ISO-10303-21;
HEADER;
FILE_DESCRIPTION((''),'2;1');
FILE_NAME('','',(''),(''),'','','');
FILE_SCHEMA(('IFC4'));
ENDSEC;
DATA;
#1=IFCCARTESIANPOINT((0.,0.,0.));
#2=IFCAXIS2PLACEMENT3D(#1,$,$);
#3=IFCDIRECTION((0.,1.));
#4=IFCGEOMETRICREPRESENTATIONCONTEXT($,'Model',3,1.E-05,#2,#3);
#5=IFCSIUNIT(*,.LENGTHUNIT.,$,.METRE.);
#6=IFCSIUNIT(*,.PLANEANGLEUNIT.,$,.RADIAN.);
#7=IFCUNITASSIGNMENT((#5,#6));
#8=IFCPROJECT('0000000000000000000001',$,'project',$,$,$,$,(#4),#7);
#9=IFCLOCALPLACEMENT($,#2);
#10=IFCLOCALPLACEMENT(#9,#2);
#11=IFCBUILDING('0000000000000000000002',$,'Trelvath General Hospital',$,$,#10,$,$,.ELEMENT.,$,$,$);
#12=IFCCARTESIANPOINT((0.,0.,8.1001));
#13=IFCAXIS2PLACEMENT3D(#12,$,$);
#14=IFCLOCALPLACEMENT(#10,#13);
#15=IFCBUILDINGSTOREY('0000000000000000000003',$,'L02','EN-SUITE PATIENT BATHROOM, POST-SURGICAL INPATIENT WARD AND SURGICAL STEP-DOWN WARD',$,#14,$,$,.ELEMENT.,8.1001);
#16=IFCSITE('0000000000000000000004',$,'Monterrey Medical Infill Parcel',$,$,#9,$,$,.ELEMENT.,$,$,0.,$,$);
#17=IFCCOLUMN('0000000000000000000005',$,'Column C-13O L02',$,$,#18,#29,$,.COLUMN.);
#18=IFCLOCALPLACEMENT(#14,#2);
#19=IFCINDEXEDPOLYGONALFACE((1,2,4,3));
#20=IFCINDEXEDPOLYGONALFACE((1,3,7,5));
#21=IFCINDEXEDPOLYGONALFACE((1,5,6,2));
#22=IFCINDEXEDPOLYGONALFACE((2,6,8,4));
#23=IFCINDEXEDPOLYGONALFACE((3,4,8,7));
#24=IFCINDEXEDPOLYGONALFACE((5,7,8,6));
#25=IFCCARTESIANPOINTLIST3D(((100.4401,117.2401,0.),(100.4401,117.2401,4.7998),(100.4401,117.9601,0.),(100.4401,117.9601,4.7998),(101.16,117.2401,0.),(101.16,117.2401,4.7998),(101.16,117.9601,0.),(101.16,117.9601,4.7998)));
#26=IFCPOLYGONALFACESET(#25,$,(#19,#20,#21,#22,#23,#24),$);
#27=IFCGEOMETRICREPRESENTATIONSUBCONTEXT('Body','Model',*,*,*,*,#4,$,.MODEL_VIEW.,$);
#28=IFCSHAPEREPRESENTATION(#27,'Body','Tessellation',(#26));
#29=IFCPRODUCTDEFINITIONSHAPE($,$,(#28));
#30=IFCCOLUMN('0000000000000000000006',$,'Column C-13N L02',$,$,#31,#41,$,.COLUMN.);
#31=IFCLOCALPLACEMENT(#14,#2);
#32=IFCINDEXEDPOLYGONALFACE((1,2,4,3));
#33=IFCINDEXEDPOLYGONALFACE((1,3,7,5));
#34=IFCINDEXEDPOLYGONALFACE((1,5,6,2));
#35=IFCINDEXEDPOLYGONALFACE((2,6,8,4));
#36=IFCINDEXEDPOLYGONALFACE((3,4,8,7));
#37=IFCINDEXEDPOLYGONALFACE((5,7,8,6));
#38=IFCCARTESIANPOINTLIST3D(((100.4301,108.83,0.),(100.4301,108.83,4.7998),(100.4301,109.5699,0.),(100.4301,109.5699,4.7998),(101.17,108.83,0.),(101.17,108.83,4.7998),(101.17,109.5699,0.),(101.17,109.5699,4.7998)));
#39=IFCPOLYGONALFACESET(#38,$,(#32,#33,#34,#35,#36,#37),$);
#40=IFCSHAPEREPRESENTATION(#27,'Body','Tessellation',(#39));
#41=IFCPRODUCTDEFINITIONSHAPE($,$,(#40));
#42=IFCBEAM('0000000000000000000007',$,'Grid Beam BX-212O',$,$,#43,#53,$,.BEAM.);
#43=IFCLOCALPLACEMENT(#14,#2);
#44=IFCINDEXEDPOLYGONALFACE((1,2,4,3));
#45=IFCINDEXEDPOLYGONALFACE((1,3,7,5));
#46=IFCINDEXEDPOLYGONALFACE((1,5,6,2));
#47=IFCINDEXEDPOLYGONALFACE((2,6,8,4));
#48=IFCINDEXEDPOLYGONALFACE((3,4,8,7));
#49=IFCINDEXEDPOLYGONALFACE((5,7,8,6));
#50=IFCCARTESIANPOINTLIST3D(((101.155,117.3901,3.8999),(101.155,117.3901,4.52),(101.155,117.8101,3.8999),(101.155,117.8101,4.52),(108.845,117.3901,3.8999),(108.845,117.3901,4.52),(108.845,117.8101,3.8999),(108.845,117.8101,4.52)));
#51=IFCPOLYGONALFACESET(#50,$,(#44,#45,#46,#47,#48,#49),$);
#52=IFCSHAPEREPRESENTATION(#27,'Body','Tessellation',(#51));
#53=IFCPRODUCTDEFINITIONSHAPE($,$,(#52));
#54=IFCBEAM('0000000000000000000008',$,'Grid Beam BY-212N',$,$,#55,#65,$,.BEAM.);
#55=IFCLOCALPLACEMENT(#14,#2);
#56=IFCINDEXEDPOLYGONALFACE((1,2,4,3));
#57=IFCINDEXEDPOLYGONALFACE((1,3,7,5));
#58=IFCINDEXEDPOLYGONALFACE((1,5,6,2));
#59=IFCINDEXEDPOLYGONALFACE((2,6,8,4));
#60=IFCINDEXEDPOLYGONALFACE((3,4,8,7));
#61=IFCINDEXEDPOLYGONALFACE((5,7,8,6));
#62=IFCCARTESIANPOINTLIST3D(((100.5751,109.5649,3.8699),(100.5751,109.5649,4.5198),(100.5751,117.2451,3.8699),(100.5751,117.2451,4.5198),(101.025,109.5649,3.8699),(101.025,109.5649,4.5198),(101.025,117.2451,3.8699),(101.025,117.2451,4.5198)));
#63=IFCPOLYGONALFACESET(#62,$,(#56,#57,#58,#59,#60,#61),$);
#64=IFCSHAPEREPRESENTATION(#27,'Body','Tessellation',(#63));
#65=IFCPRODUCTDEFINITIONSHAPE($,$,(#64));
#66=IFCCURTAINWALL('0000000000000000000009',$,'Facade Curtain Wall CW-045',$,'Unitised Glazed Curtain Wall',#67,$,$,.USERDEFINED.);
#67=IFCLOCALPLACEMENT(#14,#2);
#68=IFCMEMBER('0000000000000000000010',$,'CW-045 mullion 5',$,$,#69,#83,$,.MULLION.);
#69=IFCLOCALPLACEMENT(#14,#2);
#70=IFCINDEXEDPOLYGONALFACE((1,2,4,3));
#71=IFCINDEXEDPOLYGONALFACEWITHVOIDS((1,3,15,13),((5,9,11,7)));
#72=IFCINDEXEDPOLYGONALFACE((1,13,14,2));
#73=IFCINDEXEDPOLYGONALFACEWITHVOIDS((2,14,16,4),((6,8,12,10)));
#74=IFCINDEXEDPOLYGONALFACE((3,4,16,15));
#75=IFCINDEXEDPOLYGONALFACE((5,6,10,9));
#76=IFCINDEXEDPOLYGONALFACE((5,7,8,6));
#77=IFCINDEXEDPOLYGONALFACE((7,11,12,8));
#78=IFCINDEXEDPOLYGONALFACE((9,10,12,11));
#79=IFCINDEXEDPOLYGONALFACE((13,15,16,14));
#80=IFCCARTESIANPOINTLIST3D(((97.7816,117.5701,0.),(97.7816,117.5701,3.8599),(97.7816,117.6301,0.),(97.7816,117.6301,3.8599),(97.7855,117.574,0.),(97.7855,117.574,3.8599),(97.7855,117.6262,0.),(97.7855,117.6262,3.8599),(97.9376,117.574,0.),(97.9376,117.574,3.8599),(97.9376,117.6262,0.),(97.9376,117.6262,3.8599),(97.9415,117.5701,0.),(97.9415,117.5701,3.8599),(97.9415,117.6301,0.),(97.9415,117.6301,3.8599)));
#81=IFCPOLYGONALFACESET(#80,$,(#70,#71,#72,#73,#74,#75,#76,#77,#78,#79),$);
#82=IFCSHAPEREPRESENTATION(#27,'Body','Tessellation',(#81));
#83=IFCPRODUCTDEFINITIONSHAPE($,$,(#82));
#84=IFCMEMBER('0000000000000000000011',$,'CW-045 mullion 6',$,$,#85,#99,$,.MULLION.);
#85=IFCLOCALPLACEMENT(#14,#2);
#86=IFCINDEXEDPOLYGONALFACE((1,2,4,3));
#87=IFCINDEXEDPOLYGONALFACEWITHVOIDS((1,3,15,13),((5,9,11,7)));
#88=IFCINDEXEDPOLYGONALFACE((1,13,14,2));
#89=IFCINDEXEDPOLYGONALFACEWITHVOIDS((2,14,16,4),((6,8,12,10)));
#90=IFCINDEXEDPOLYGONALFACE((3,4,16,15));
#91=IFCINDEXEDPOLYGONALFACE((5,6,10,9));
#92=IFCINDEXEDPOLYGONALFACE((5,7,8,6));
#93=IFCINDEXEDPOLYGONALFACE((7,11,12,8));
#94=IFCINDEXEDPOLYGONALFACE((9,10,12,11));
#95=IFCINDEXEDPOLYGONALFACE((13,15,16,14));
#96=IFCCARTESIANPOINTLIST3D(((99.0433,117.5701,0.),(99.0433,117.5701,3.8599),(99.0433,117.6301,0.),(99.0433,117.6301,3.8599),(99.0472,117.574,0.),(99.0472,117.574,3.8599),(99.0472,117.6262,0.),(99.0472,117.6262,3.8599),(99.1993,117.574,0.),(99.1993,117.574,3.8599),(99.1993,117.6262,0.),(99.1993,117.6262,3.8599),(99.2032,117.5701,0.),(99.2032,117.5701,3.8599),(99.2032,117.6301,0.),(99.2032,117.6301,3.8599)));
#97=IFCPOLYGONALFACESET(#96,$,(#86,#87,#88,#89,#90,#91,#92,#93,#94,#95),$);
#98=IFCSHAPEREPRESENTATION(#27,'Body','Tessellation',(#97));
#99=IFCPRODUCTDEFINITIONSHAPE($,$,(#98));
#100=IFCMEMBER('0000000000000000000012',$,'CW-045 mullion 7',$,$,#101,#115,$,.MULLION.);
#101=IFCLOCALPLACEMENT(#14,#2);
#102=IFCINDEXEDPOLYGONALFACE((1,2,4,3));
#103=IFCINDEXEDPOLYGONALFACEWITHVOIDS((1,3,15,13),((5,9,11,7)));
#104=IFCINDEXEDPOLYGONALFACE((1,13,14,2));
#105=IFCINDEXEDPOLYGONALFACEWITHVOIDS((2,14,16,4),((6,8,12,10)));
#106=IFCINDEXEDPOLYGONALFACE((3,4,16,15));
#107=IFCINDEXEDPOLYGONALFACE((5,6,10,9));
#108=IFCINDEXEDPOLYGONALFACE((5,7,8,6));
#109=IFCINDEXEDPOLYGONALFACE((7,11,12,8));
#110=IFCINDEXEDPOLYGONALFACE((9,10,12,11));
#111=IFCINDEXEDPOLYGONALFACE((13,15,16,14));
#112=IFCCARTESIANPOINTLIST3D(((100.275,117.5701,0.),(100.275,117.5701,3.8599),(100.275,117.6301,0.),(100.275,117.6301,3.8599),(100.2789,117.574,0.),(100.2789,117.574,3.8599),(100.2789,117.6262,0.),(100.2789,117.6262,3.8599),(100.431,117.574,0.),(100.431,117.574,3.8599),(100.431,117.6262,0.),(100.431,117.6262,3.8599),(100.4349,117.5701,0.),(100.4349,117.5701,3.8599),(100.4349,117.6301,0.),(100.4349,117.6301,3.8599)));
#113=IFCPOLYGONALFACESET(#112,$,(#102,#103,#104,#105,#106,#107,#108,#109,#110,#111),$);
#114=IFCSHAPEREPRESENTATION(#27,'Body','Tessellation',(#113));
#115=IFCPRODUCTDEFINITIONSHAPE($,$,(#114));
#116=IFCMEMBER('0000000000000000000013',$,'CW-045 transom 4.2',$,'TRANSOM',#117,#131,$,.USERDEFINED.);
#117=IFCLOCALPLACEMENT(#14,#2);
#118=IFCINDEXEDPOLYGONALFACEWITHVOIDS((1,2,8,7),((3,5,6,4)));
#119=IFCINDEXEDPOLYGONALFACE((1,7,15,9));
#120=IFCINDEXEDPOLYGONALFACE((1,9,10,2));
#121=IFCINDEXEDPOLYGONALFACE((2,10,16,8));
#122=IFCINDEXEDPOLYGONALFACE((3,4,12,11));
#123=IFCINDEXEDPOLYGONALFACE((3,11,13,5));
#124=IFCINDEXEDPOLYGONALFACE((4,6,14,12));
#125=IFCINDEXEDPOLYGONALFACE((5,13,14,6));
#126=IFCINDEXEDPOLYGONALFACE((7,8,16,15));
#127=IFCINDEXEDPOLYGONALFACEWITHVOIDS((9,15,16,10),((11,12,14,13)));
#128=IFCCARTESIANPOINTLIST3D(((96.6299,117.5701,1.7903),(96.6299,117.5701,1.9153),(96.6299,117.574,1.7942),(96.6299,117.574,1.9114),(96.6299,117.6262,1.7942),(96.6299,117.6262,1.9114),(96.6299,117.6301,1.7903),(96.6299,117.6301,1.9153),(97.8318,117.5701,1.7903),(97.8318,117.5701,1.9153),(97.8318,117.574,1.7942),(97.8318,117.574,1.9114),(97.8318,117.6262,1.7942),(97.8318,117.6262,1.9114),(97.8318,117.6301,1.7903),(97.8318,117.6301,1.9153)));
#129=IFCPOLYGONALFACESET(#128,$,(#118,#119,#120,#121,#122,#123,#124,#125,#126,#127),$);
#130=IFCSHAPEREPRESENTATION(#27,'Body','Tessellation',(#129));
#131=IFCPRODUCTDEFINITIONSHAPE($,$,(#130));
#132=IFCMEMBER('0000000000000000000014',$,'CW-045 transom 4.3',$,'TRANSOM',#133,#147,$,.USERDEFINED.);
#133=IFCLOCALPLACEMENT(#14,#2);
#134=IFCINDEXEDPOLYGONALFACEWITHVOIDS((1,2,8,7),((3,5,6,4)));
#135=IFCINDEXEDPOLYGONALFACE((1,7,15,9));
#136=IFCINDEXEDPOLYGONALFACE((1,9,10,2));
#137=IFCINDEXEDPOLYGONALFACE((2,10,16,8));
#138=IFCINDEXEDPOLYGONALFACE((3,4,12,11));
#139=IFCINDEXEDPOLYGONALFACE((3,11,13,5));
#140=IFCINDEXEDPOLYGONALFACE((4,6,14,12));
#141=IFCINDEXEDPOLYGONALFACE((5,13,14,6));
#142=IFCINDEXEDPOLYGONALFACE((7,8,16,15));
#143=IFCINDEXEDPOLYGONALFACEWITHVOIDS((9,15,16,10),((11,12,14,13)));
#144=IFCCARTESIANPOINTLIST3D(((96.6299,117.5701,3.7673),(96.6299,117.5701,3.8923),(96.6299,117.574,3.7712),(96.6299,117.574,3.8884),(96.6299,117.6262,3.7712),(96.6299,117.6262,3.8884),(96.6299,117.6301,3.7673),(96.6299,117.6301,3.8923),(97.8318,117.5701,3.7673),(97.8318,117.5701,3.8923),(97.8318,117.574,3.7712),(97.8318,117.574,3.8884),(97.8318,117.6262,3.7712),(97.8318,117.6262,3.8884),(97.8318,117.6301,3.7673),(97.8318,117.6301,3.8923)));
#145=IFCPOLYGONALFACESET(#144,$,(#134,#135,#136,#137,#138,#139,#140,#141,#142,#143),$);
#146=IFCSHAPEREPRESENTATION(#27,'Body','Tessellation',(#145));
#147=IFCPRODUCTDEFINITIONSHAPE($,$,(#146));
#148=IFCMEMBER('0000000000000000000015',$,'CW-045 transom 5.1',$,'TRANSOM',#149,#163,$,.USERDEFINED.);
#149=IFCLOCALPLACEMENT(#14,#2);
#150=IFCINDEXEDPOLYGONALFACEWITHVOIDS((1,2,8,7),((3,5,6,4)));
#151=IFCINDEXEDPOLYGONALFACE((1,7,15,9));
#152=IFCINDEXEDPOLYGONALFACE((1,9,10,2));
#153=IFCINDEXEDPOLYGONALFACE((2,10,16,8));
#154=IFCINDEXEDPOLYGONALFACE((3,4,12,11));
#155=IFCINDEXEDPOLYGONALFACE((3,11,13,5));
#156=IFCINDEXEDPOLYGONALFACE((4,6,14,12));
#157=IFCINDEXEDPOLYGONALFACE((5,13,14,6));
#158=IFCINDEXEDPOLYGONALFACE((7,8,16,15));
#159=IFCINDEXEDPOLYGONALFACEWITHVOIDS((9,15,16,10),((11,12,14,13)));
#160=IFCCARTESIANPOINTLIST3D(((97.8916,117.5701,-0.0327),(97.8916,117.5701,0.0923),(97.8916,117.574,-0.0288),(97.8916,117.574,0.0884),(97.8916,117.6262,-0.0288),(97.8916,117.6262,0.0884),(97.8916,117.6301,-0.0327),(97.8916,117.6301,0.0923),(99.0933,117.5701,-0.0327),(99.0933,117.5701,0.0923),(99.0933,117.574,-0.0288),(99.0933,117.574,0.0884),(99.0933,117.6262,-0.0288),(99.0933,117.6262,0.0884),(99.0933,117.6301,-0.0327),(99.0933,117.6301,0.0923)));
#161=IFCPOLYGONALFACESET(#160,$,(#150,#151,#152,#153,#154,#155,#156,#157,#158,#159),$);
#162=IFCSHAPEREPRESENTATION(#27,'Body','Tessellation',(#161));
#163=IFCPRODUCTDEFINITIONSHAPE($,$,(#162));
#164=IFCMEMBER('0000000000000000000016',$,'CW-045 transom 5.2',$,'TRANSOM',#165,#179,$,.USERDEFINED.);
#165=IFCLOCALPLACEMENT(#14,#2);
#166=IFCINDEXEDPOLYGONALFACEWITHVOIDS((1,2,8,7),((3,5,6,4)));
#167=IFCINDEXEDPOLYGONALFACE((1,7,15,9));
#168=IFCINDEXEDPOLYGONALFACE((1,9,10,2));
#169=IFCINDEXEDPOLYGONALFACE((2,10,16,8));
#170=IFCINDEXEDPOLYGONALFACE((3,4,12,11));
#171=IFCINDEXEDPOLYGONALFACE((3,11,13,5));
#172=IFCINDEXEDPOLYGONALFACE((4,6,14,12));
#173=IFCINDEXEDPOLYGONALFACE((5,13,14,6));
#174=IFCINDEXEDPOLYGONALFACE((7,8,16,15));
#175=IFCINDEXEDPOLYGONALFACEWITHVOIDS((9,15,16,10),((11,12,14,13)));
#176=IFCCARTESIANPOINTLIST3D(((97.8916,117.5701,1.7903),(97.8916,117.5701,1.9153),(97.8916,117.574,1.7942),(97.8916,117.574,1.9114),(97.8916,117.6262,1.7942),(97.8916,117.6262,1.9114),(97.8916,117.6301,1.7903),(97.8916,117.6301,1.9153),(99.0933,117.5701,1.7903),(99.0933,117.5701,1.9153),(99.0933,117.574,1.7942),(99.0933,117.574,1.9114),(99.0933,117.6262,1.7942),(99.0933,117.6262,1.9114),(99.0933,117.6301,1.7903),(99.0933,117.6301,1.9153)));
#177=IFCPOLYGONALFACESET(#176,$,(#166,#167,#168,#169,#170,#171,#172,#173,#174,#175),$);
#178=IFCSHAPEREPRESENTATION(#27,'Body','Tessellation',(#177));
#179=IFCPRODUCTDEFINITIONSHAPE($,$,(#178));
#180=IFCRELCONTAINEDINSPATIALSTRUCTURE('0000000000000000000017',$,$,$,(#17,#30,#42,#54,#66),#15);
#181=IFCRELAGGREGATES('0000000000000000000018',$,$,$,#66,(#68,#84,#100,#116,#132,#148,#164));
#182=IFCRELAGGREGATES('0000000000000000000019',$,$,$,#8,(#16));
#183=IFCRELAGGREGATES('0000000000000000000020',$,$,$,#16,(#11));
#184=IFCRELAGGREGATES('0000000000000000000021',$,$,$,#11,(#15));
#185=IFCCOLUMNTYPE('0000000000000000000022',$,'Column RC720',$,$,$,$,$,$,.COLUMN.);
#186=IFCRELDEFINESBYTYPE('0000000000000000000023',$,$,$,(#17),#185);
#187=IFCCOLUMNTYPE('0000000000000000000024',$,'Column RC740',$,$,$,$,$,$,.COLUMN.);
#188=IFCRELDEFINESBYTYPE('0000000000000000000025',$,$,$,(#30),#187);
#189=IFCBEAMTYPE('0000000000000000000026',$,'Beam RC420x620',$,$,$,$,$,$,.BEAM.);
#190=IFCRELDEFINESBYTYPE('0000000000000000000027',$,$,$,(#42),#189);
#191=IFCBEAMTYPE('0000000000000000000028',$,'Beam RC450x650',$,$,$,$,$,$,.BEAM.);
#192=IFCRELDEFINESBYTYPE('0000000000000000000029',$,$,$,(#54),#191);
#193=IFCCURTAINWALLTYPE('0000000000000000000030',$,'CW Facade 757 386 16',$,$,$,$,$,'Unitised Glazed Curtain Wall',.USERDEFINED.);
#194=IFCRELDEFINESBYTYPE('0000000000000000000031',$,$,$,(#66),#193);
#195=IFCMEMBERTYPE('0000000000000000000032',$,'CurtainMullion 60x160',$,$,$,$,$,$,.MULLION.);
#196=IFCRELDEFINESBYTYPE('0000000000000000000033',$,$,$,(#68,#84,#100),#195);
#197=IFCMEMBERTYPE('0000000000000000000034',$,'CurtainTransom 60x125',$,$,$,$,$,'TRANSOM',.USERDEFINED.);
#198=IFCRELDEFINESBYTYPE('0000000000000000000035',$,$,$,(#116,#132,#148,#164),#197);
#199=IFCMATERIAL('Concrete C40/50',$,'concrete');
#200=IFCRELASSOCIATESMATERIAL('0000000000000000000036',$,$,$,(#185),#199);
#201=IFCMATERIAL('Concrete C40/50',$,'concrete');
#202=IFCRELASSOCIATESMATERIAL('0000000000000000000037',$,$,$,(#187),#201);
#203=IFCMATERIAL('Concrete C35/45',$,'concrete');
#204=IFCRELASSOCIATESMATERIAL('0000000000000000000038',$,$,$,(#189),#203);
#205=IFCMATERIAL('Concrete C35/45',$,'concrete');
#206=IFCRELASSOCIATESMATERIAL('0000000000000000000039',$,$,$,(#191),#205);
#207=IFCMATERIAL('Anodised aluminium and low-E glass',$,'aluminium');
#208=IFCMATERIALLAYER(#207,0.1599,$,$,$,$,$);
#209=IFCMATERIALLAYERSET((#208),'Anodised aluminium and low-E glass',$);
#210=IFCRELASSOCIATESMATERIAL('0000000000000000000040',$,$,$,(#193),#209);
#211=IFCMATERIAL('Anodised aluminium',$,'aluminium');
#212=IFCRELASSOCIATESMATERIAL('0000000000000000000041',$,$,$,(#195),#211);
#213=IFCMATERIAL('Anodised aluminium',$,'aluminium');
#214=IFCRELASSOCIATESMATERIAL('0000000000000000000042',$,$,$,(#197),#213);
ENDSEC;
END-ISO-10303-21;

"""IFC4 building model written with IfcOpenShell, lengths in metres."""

from ifc_helpers import new_model, si_unit, direction, frame, origin, origin_2d, place, context, subcontext, project, spatial, rectangle, hollow_rectangle, extrude, material, layer, layer_set, material_profile, profile_set, type_object, element, aggregate, save


model = new_model("IFC4")

# Units and contexts
model_context = context("Model", 3, precision=1e-05, world=origin(), true_north=direction((0.0, 1.0)))
body_context = subcontext(model_context, "Body", "Model", "MODEL_VIEW")
ifc_project = project(units=[si_unit("LENGTHUNIT", "METRE"), si_unit("PLANEANGLEUNIT", "RADIAN")], contexts=[model_context])

# Site, building, storey
site_placement = place(None, origin())
site = spatial("IfcSite", under=ifc_project, at=site_placement, Name="Monterrey Medical Infill Parcel", CompositionType="ELEMENT", RefElevation=0.0)
building_placement = place(site_placement, origin())
building = spatial("IfcBuilding", under=site, at=building_placement, Name="Trelvath General Hospital", CompositionType="ELEMENT")
storey_placement = place(building_placement, frame((0.0, 0.0, 8.1001)))
storey = spatial("IfcBuildingStorey", under=building, at=storey_placement, Name="L02", Description="EN-SUITE PATIENT BATHROOM, POST-SURGICAL INPATIENT WARD AND SURGICAL STEP-DOWN WARD", CompositionType="ELEMENT", Elevation=8.1001)

# Columns
ifc_material_1 = material(Name="Concrete C40/50", Category="concrete")
ifc_material_profile_1 = material_profile(ifc_material_1, rectangle(XDim=0.72, YDim=0.72, at=origin_2d()), Name="RC720x720")
ifc_profile_set_1 = profile_set([ifc_material_profile_1], Name="Concrete C40/50")
column_type_1 = type_object("IfcColumnType", Name="Column RC720", PredefinedType="COLUMN", material=ifc_profile_set_1)
column_1_placement = place(storey_placement, frame((100.8, 117.6001, 0.0), z_axis=(0.0, 0.0, 1.0), x_axis=(1.0, 0.0, 0.0)))
element("IfcColumn", 1, at=column_1_placement, inside=storey, type_object=column_type_1, Name="Column C-13O L02", PredefinedType="COLUMN", context=body_context, shape_type="SweptSolid", body=[
    extrude(rectangle(XDim=0.72, YDim=0.72, at=origin_2d()), origin(), (0.0, 0.0, 1.0), 4.7998),
])
ifc_material_2 = material(Name="Concrete C40/50", Category="concrete")
ifc_material_profile_2 = material_profile(ifc_material_2, rectangle(XDim=0.74, YDim=0.74, at=origin_2d()), Name="RC740x740")
ifc_profile_set_2 = profile_set([ifc_material_profile_2], Name="Concrete C40/50")
column_type_2 = type_object("IfcColumnType", Name="Column RC740", PredefinedType="COLUMN", material=ifc_profile_set_2)
column_2_placement = place(storey_placement, frame((100.8, 109.2, 0.0), z_axis=(0.0, 0.0, 1.0), x_axis=(1.0, 0.0, 0.0)))
element("IfcColumn", 2, at=column_2_placement, inside=storey, type_object=column_type_2, Name="Column C-13N L02", PredefinedType="COLUMN", context=body_context, shape_type="SweptSolid", body=[
    extrude(rectangle(XDim=0.74, YDim=0.74, at=origin_2d()), origin(), (0.0, 0.0, 1.0), 4.7998),
])

# Beams
ifc_material_3 = material(Name="Concrete C35/45", Category="concrete")
ifc_material_profile_3 = material_profile(ifc_material_3, rectangle(XDim=0.4199, YDim=0.6201, at=origin_2d()), Name="RCB420x620")
ifc_profile_set_3 = profile_set([ifc_material_profile_3], Name="Concrete C35/45")
beam_type_1 = type_object("IfcBeamType", Name="Beam RC420x620", PredefinedType="BEAM", material=ifc_profile_set_3)
beam_1_placement = place(storey_placement, frame((101.155, 117.6001, 4.21), z_axis=(1.0, 0.0, 0.0), x_axis=(0.0, 1.0, 0.0)))
element("IfcBeam", 3, at=beam_1_placement, inside=storey, type_object=beam_type_1, Name="Grid Beam BX-212O", PredefinedType="BEAM", context=body_context, shape_type="SweptSolid", body=[
    extrude(rectangle(XDim=0.4199, YDim=0.6201, at=origin_2d()), origin(), (0.0, 0.0, 1.0), 7.6899),
])
ifc_material_4 = material(Name="Concrete C35/45", Category="concrete")
ifc_material_profile_4 = material_profile(ifc_material_4, rectangle(XDim=0.45, YDim=0.6499, at=origin_2d()), Name="RCB450x650")
ifc_profile_set_4 = profile_set([ifc_material_profile_4], Name="Concrete C35/45")
beam_type_2 = type_object("IfcBeamType", Name="Beam RC450x650", PredefinedType="BEAM", material=ifc_profile_set_4)
beam_2_placement = place(storey_placement, frame((100.8, 109.5649, 4.1948), z_axis=(0.0, 1.0, 0.0), x_axis=(-1.0, 0.0, 0.0)))
element("IfcBeam", 4, at=beam_2_placement, inside=storey, type_object=beam_type_2, Name="Grid Beam BY-212N", PredefinedType="BEAM", context=body_context, shape_type="SweptSolid", body=[
    extrude(rectangle(XDim=0.45, YDim=0.6499, at=origin_2d()), origin(), (0.0, 0.0, 1.0), 7.6802),
])

# Curtain wall, members
ifc_material_5 = material(Name="Anodised aluminium and low-E glass", Category="aluminium")
ifc_layer_1 = layer(ifc_material_5, 0.1599)
ifc_layer_set_1 = layer_set([ifc_layer_1], Name="Anodised aluminium and low-E glass")
curtain_wall_type = type_object("IfcCurtainWallType", Name="CW Facade 757 386 16", ElementType="Unitised Glazed Curtain Wall", PredefinedType="USERDEFINED", material=ifc_layer_set_1)
curtain_wall_placement = place(storey_placement, origin())
curtain_wall = element("IfcCurtainWall", 5, at=curtain_wall_placement, inside=storey, type_object=curtain_wall_type, Name="Facade Curtain Wall CW-045", ObjectType="Unitised Glazed Curtain Wall", PredefinedType="USERDEFINED")
ifc_material_6 = material(Name="Anodised aluminium", Category="aluminium")
ifc_material_profile_5 = material_profile(ifc_material_6, hollow_rectangle(XDim=0.0601, YDim=0.1599, WallThickness=0.0039, at=origin_2d()), Name="RHS60x160x4")
ifc_profile_set_5 = profile_set([ifc_material_profile_5], Name="Anodised aluminium")
member_type_1 = type_object("IfcMemberType", Name="CurtainMullion 60x160", PredefinedType="MULLION", material=ifc_profile_set_5)
member_1_placement = place(storey_placement, frame((97.8616, 117.6001, 0.0), z_axis=(0.0, 0.0, 1.0), x_axis=(0.0, 1.0, 0.0)))
member_1 = element("IfcMember", 6, at=member_1_placement, type_object=member_type_1, Name="CW-045 mullion 5", PredefinedType="MULLION", context=body_context, shape_type="SweptSolid", body=[
    extrude(hollow_rectangle(XDim=0.0601, YDim=0.1599, WallThickness=0.0039, at=origin_2d()), origin(), (0.0, 0.0, 1.0), 3.8599),
])
member_2_placement = place(storey_placement, frame((99.1233, 117.6001, 0.0), z_axis=(0.0, 0.0, 1.0), x_axis=(0.0, 1.0, 0.0)))
member_2 = element("IfcMember", 7, at=member_2_placement, type_object=member_type_1, Name="CW-045 mullion 6", PredefinedType="MULLION", context=body_context, shape_type="SweptSolid", body=[
    extrude(hollow_rectangle(XDim=0.0601, YDim=0.1599, WallThickness=0.0039, at=origin_2d()), origin(), (0.0, 0.0, 1.0), 3.8599),
])
member_3_placement = place(storey_placement, frame((100.355, 117.6001, 0.0), z_axis=(0.0, 0.0, 1.0), x_axis=(0.0, 1.0, 0.0)))
member_3 = element("IfcMember", 8, at=member_3_placement, type_object=member_type_1, Name="CW-045 mullion 7", PredefinedType="MULLION", context=body_context, shape_type="SweptSolid", body=[
    extrude(hollow_rectangle(XDim=0.0601, YDim=0.1599, WallThickness=0.0039, at=origin_2d()), origin(), (0.0, 0.0, 1.0), 3.8599),
])
ifc_material_7 = material(Name="Anodised aluminium", Category="aluminium")
ifc_material_profile_6 = material_profile(ifc_material_7, hollow_rectangle(XDim=0.0601, YDim=0.125, WallThickness=0.0039, at=origin_2d()), Name="RHS60x125x4")
ifc_profile_set_6 = profile_set([ifc_material_profile_6], Name="Anodised aluminium")
member_type_2 = type_object("IfcMemberType", Name="CurtainTransom 60x125", ElementType="TRANSOM", PredefinedType="USERDEFINED", material=ifc_profile_set_6)
member_4_placement = place(storey_placement, frame((96.6299, 117.6001, 1.8528), z_axis=(1.0, 0.0, 0.0), x_axis=(0.0, 1.0, 0.0)))
member_4 = element("IfcMember", 9, at=member_4_placement, type_object=member_type_2, Name="CW-045 transom 4.2", ObjectType="TRANSOM", PredefinedType="USERDEFINED", context=body_context, shape_type="SweptSolid", body=[
    extrude(hollow_rectangle(XDim=0.0601, YDim=0.125, WallThickness=0.0039, at=origin_2d()), origin(), (0.0, 0.0, 1.0), 1.2019),
])
member_5_placement = place(storey_placement, frame((96.6299, 117.6001, 3.8298), z_axis=(1.0, 0.0, 0.0), x_axis=(0.0, 1.0, 0.0)))
member_5 = element("IfcMember", 10, at=member_5_placement, type_object=member_type_2, Name="CW-045 transom 4.3", ObjectType="TRANSOM", PredefinedType="USERDEFINED", context=body_context, shape_type="SweptSolid", body=[
    extrude(hollow_rectangle(XDim=0.0601, YDim=0.125, WallThickness=0.0039, at=origin_2d()), origin(), (0.0, 0.0, 1.0), 1.2019),
])
member_6_placement = place(storey_placement, frame((97.8916, 117.6001, 0.0298), z_axis=(1.0, 0.0, 0.0), x_axis=(0.0, 1.0, 0.0)))
member_6 = element("IfcMember", 11, at=member_6_placement, type_object=member_type_2, Name="CW-045 transom 5.1", ObjectType="TRANSOM", PredefinedType="USERDEFINED", context=body_context, shape_type="SweptSolid", body=[
    extrude(hollow_rectangle(XDim=0.0601, YDim=0.125, WallThickness=0.0039, at=origin_2d()), origin(), (0.0, 0.0, 1.0), 1.2017),
])
member_7_placement = place(storey_placement, frame((97.8916, 117.6001, 1.8528), z_axis=(1.0, 0.0, 0.0), x_axis=(0.0, 1.0, 0.0)))
member_7 = element("IfcMember", 12, at=member_7_placement, type_object=member_type_2, Name="CW-045 transom 5.2", ObjectType="TRANSOM", PredefinedType="USERDEFINED", context=body_context, shape_type="SweptSolid", body=[
    extrude(hollow_rectangle(XDim=0.0601, YDim=0.125, WallThickness=0.0039, at=origin_2d()), origin(), (0.0, 0.0, 1.0), 1.2017),
])
aggregate(curtain_wall, [member_1, member_2, member_3, member_4, member_5, member_6, member_7])

save(model, "model.ifc")
